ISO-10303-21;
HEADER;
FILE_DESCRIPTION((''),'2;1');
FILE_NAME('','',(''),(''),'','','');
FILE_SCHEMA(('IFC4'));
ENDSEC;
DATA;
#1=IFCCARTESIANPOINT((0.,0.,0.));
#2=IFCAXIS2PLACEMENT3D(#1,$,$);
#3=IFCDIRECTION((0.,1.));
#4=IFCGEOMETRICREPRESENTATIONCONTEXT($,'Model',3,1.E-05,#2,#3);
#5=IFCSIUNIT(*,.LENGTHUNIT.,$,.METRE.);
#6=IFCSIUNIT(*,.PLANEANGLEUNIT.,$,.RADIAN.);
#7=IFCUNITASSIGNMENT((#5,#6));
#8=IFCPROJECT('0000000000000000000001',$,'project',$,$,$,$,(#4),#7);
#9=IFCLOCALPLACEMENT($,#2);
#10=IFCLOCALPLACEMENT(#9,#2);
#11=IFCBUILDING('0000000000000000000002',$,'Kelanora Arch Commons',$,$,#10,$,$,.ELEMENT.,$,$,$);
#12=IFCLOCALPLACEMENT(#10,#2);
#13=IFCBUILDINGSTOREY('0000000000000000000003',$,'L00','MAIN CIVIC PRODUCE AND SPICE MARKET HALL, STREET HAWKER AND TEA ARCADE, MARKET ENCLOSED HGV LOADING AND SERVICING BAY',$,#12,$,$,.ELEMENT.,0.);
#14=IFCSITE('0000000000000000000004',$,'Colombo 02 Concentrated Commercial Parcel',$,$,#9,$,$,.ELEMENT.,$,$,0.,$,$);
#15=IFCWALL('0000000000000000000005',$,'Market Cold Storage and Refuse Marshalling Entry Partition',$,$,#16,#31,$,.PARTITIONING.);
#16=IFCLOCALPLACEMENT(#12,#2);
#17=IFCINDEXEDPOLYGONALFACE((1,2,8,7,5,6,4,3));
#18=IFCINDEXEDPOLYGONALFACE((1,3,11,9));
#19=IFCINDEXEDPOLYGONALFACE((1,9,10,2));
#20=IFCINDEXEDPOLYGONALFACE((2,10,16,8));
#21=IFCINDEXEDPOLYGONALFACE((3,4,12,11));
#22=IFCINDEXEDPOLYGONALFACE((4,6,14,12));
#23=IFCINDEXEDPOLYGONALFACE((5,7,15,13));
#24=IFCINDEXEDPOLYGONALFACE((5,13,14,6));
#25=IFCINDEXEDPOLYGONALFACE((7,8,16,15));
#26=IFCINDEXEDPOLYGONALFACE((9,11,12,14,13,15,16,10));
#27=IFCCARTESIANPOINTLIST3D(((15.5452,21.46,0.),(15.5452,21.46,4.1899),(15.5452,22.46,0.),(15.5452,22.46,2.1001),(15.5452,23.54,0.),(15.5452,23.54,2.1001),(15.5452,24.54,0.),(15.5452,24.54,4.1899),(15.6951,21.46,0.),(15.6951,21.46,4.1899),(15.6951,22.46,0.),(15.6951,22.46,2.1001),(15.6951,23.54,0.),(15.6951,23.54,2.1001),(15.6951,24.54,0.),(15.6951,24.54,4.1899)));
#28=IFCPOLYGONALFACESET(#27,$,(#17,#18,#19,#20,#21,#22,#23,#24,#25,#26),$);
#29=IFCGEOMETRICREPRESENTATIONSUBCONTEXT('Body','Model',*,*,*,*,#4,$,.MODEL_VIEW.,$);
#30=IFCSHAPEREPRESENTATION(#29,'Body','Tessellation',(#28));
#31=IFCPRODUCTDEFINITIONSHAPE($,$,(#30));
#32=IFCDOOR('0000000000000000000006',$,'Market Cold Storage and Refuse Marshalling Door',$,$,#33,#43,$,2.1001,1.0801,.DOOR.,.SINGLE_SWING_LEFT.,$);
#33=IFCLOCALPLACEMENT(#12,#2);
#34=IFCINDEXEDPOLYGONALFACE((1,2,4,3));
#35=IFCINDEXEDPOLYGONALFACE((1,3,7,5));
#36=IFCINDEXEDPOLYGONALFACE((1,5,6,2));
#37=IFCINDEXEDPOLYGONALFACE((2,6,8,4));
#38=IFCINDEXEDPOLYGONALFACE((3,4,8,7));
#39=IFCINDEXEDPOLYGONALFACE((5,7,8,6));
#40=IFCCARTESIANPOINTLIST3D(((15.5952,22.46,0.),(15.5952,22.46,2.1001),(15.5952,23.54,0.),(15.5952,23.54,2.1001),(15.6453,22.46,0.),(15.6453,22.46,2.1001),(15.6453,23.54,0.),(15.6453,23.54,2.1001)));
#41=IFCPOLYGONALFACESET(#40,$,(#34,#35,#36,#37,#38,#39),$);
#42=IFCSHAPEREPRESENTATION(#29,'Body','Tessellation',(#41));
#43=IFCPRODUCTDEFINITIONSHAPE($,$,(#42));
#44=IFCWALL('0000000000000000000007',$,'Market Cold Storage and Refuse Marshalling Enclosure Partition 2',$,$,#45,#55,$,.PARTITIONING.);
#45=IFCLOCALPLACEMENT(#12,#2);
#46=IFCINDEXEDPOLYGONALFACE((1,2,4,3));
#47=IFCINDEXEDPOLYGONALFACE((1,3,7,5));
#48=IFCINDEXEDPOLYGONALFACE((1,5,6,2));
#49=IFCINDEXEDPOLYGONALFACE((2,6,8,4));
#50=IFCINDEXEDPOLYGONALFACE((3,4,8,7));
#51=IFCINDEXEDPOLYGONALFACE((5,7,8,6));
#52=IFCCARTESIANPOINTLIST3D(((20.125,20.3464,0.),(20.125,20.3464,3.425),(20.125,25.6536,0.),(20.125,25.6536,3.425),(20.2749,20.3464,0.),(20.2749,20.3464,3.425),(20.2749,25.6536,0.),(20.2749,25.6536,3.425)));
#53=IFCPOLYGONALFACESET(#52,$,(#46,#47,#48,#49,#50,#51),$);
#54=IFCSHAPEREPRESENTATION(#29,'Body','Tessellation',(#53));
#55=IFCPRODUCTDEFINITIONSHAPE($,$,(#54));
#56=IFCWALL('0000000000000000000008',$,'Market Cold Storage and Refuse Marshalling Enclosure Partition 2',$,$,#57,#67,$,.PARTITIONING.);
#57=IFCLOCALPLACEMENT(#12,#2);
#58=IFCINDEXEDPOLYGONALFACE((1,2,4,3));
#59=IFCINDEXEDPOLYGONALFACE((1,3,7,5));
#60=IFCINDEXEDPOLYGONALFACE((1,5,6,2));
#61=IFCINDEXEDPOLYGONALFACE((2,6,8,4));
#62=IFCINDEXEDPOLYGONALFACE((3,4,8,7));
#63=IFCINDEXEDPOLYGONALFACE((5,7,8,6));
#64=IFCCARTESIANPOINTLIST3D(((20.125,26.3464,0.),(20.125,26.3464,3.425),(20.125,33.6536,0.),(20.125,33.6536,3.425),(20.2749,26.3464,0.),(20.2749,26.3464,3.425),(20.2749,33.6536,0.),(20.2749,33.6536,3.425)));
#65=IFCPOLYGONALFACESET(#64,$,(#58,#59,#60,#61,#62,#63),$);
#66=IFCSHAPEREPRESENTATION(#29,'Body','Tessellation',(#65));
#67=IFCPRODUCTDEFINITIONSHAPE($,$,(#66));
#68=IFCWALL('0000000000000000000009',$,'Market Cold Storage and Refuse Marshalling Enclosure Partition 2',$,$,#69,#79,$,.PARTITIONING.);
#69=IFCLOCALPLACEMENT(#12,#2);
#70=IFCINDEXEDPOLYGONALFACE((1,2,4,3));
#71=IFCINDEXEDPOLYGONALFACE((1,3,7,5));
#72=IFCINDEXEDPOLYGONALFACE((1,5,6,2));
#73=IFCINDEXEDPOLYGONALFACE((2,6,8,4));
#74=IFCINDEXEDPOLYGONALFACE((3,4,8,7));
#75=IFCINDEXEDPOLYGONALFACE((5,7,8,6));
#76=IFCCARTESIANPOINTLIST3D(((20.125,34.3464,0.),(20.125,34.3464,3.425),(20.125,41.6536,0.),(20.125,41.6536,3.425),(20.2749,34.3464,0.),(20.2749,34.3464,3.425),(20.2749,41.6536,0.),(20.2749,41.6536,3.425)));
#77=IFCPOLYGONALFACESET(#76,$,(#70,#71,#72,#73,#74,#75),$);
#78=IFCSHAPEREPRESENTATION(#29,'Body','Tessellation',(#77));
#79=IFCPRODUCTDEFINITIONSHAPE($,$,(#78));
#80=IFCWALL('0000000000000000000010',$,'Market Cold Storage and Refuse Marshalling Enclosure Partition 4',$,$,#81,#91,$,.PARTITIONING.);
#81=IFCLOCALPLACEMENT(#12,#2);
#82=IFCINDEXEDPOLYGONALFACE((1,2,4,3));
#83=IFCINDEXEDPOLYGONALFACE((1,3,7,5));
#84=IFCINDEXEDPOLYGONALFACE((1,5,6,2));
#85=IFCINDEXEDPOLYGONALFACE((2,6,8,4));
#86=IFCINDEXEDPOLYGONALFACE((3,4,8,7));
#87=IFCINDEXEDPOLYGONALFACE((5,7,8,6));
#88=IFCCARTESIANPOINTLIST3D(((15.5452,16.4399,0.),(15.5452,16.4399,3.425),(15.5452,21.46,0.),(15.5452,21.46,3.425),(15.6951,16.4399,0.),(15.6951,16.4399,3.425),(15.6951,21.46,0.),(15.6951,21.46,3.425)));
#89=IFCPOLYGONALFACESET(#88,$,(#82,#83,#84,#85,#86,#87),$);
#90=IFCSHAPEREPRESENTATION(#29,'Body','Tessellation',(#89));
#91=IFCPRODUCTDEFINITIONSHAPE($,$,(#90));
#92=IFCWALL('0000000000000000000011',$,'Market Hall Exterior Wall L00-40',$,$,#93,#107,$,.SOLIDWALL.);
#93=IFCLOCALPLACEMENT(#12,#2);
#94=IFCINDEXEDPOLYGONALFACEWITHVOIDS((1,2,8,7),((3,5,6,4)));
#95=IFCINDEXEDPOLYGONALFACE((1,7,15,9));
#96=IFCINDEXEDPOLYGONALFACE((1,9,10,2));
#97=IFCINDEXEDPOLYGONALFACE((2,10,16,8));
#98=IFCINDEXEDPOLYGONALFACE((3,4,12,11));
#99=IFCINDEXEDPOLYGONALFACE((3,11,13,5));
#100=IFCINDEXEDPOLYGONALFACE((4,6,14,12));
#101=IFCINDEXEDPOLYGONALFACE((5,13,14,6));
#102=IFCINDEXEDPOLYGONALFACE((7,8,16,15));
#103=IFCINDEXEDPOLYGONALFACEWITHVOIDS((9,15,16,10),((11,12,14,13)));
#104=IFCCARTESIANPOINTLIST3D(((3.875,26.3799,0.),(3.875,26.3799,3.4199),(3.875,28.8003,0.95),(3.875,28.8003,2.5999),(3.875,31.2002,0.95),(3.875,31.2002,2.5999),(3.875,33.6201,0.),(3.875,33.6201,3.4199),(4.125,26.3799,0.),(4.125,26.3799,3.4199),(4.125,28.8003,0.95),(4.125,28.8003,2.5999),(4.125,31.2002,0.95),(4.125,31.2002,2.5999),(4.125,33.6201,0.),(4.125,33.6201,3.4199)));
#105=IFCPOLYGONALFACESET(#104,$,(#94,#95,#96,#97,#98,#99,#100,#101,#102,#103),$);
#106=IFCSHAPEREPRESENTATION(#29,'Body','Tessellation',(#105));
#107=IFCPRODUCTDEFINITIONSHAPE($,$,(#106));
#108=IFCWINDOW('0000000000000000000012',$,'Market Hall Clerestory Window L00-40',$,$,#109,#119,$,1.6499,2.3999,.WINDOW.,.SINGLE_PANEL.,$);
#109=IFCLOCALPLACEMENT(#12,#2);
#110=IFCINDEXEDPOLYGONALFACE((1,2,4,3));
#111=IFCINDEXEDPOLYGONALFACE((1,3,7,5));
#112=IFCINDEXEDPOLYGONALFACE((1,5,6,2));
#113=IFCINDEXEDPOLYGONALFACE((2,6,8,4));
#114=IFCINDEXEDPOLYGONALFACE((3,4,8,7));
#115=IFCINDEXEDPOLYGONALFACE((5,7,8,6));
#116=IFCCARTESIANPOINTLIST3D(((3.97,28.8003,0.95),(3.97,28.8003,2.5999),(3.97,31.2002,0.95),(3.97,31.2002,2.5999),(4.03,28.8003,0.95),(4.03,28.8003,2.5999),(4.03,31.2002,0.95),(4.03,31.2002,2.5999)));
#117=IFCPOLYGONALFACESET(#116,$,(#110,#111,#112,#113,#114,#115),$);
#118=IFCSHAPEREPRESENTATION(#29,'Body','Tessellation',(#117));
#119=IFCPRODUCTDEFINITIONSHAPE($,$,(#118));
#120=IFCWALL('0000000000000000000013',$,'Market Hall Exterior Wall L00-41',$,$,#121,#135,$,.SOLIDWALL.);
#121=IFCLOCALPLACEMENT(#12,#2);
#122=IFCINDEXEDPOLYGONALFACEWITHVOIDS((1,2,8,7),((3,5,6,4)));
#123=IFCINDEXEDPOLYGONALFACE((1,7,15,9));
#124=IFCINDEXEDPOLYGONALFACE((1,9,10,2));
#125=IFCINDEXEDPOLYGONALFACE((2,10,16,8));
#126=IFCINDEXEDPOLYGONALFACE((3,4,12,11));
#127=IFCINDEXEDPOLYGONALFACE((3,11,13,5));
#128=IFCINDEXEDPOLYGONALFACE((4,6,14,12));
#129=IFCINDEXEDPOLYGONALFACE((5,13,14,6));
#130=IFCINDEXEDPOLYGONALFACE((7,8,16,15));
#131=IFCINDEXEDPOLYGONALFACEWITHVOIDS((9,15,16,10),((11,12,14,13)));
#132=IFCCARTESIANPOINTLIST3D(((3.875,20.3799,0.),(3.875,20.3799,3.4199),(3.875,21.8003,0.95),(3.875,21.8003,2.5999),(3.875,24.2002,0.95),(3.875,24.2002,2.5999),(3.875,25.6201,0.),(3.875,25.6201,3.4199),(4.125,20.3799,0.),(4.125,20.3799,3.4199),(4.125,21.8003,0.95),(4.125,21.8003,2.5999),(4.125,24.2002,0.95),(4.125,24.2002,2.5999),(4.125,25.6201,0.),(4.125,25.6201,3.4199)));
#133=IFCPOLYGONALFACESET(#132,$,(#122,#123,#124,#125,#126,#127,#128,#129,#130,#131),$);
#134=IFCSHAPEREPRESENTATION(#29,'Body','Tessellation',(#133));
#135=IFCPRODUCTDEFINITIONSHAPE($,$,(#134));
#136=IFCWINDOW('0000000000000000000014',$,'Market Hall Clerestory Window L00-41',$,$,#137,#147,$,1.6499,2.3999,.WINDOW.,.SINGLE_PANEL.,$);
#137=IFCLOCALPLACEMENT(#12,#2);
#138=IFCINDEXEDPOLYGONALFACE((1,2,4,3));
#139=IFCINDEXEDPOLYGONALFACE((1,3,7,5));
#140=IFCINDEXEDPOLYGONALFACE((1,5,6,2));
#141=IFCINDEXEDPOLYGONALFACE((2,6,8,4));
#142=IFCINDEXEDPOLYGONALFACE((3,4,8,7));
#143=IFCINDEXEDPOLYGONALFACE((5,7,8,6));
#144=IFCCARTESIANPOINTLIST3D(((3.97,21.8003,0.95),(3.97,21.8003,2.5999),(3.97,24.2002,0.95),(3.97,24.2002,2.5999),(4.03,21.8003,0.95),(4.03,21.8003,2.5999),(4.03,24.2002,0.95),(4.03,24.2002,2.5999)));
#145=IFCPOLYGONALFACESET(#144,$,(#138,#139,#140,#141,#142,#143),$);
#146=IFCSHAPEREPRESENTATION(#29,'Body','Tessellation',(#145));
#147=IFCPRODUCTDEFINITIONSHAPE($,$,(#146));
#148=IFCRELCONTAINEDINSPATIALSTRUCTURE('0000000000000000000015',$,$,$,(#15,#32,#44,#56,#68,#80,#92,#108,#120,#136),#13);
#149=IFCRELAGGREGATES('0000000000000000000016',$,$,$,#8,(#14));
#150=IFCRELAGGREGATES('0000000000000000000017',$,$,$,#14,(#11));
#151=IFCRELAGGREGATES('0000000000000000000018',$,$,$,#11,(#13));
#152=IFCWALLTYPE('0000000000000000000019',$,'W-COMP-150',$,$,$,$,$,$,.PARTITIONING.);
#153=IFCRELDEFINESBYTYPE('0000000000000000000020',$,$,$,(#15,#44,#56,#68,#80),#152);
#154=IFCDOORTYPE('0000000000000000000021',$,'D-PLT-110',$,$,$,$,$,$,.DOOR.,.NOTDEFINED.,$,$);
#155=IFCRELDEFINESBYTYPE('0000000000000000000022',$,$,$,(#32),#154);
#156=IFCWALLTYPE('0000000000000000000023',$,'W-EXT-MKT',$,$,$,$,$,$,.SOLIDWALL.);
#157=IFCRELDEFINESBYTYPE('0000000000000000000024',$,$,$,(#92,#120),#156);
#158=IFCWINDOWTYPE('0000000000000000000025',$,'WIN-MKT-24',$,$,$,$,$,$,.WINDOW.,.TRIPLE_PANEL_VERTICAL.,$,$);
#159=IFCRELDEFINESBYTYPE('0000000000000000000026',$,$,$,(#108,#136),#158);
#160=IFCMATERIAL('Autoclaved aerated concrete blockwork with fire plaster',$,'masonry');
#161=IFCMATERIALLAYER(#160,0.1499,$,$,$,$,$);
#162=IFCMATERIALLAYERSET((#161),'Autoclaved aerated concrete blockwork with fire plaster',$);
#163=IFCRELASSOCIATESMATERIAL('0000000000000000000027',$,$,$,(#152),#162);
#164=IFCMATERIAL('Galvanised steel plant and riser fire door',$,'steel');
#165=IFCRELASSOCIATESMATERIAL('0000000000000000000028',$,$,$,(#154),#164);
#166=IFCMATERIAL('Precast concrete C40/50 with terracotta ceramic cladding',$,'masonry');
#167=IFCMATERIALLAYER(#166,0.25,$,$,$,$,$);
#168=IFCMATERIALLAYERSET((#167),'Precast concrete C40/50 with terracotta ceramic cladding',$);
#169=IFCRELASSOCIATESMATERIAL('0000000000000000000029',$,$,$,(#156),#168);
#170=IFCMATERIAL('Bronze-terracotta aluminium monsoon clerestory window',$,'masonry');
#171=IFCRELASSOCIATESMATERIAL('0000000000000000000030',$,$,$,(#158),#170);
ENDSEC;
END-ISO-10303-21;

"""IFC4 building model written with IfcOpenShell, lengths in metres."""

from ifc_helpers import new_model, si_unit, direction, frame, frame_2d, origin, place, context, subcontext, project, spatial, rectangle, extrude, material, layer, layer_set, type_object, element, fill, save


model = new_model("IFC4")

# Units and contexts
model_context = context("Model", 3, precision=1e-05, world=origin(), true_north=direction((0.0, 1.0)))
body_context = subcontext(model_context, "Body", "Model", "MODEL_VIEW")
ifc_project = project(units=[si_unit("LENGTHUNIT", "METRE"), si_unit("PLANEANGLEUNIT", "RADIAN")], contexts=[model_context])

# Site, building, storey
site_placement = place(None, origin())
site = spatial("IfcSite", under=ifc_project, at=site_placement, Name="Colombo 02 Concentrated Commercial Parcel", CompositionType="ELEMENT", RefElevation=0.0)
building_placement = place(site_placement, origin())
building = spatial("IfcBuilding", under=site, at=building_placement, Name="Kelanora Arch Commons", CompositionType="ELEMENT")
storey_placement = place(building_placement, origin())
storey = spatial("IfcBuildingStorey", under=building, at=storey_placement, Name="L00", Description="MAIN CIVIC PRODUCE AND SPICE MARKET HALL, STREET HAWKER AND TEA ARCADE, MARKET ENCLOSED HGV LOADING AND SERVICING BAY", CompositionType="ELEMENT", Elevation=0.0)

# Wall, opening, door
ifc_material_1 = material(Name="Autoclaved aerated concrete blockwork with fire plaster", Category="masonry")
ifc_layer_1 = layer(ifc_material_1, 0.1499)
ifc_layer_set_1 = layer_set([ifc_layer_1], Name="Autoclaved aerated concrete blockwork with fire plaster")
wall_type_1 = type_object("IfcWallType", Name="W-COMP-150", PredefinedType="PARTITIONING", material=ifc_layer_set_1)
wall_1_placement = place(storey_placement, frame((15.6201, 21.46, 0.0), z_axis=(0.0, 0.0, 1.0), x_axis=(0.0, 1.0, 0.0)))
wall_1 = element("IfcWall", 1, at=wall_1_placement, inside=storey, type_object=wall_type_1, Name="Market Cold Storage and Refuse Marshalling Entry Partition", PredefinedType="PARTITIONING", context=body_context, shape_type="SweptSolid", body=[
    extrude(rectangle(XDim=3.0801, YDim=0.1499, at=frame_2d((1.54, 0.0))), origin(), (0.0, 0.0, 1.0), 4.1899),
])
opening_1_placement = place(wall_1_placement, frame((1.0, 0.0, 0.0)))
opening_1 = element("IfcOpeningElement", 2, at=opening_1_placement, cuts=wall_1, PredefinedType="OPENING", context=body_context, shape_type="SweptSolid", body=[
    extrude(rectangle(XDim=1.0801, YDim=2.1001, at=frame_2d((0.54, 1.05))), frame((0.0, 0.085, 0.0), z_axis=(0.0, -1.0, 0.0), x_axis=(1.0, 0.0, 0.0)), (0.0, 0.0, 1.0), 0.1699),
])
ifc_material_2 = material(Name="Galvanised steel plant and riser fire door", Category="steel")
door_type = type_object("IfcDoorType", Name="D-PLT-110", OperationType="NOTDEFINED", PredefinedType="DOOR", material=ifc_material_2)
door_placement = place(opening_1_placement, origin())
door = element("IfcDoor", 3, at=door_placement, inside=storey, type_object=door_type, Name="Market Cold Storage and Refuse Marshalling Door", OperationType="SINGLE_SWING_LEFT", OverallHeight=2.1001, OverallWidth=1.0801, PredefinedType="DOOR", context=body_context, shape_type="SweptSolid", body=[
    extrude(rectangle(XDim=1.0801, YDim=2.1001, at=frame_2d((0.54, 1.05))), frame((0.0, 0.0249, 0.0), z_axis=(0.0, -1.0, 0.0), x_axis=(1.0, 0.0, 0.0)), (0.0, 0.0, 1.0), 0.05),
])
fill(opening_1, door)

# Walls
wall_2_placement = place(storey_placement, frame((20.2, 20.3464, 0.0), z_axis=(0.0, 0.0, 1.0), x_axis=(0.0, 1.0, 0.0)))
element("IfcWall", 4, at=wall_2_placement, inside=storey, type_object=wall_type_1, Name="Market Cold Storage and Refuse Marshalling Enclosure Partition 2", PredefinedType="PARTITIONING", context=body_context, shape_type="SweptSolid", body=[
    extrude(rectangle(XDim=5.3071, YDim=0.1499, at=frame_2d((2.6536, 0.0))), origin(), (0.0, 0.0, 1.0), 3.425),
])
for number, where, z_axis, x_axis, name in (
    (5, (20.2, 26.3464, 0.0), (0.0, 0.0, 1.0), (0.0, 1.0, 0.0), "Market Cold Storage and Refuse Marshalling Enclosure Partition 2"),
    (6, (20.2, 34.3464, 0.0), (0.0, 0.0, 1.0), (0.0, 1.0, 0.0), "Market Cold Storage and Refuse Marshalling Enclosure Partition 2"),
):
    element("IfcWall", number, at=place(storey_placement, frame(where, z_axis=z_axis, x_axis=x_axis)), inside=storey, type_object=wall_type_1, Name=name, PredefinedType="PARTITIONING", context=body_context, shape_type="SweptSolid", body=[
        extrude(rectangle(XDim=7.3071, YDim=0.1499, at=frame_2d((3.6536, 0.0))), origin(), (0.0, 0.0, 1.0), 3.425),
    ])
wall_3_placement = place(storey_placement, frame((15.6201, 21.46, 0.0), z_axis=(0.0, 0.0, 1.0), x_axis=(0.0, -1.0, 0.0)))
element("IfcWall", 7, at=wall_3_placement, inside=storey, type_object=wall_type_1, Name="Market Cold Storage and Refuse Marshalling Enclosure Partition 4", PredefinedType="PARTITIONING", context=body_context, shape_type="SweptSolid", body=[
    extrude(rectangle(XDim=5.02, YDim=0.1499, at=frame_2d((2.51, 0.0))), origin(), (0.0, 0.0, 1.0), 3.425),
])

# Walls, openings, windows
ifc_material_3 = material(Name="Precast concrete C40/50 with terracotta ceramic cladding", Category="masonry")
ifc_layer_2 = layer(ifc_material_3, 0.25)
ifc_layer_set_2 = layer_set([ifc_layer_2], Name="Precast concrete C40/50 with terracotta ceramic cladding")
wall_type_2 = type_object("IfcWallType", Name="W-EXT-MKT", PredefinedType="SOLIDWALL", material=ifc_layer_set_2)
wall_4_placement = place(storey_placement, frame((4.0, 33.6201, 0.0), z_axis=(0.0, 0.0, 1.0), x_axis=(0.0, -1.0, 0.0)))
wall_4 = element("IfcWall", 8, at=wall_4_placement, inside=storey, type_object=wall_type_2, Name="Market Hall Exterior Wall L00-40", PredefinedType="SOLIDWALL", context=body_context, shape_type="SweptSolid", body=[
    extrude(rectangle(XDim=7.2402, YDim=0.25, at=frame_2d((3.6201, 0.0))), origin(), (0.0, 0.0, 1.0), 3.4199),
])
opening_2_placement = place(wall_4_placement, frame((2.4199, 0.0, 0.95)))
opening_2 = element("IfcOpeningElement", 9, at=opening_2_placement, cuts=wall_4, PredefinedType="OPENING", context=body_context, shape_type="SweptSolid", body=[
    extrude(rectangle(XDim=2.3999, YDim=1.6499, at=frame_2d((1.2, 0.825))), frame((0.0, 0.135, 0.0), z_axis=(0.0, -1.0, 0.0), x_axis=(1.0, 0.0, 0.0)), (0.0, 0.0, 1.0), 0.27),
])
ifc_material_4 = material(Name="Bronze-terracotta aluminium monsoon clerestory window", Category="masonry")
window_type = type_object("IfcWindowType", Name="WIN-MKT-24", PartitioningType="TRIPLE_PANEL_VERTICAL", PredefinedType="WINDOW", material=ifc_material_4)
window_1_placement = place(opening_2_placement, origin())
window_1 = element("IfcWindow", 10, at=window_1_placement, inside=storey, type_object=window_type, Name="Market Hall Clerestory Window L00-40", OverallHeight=1.6499, OverallWidth=2.3999, PartitioningType="SINGLE_PANEL", PredefinedType="WINDOW", context=body_context, shape_type="SweptSolid", body=[
    extrude(rectangle(XDim=2.3999, YDim=1.6499, at=frame_2d((1.2, 0.825))), frame((0.0, 0.03, 0.0), z_axis=(0.0, -1.0, 0.0), x_axis=(1.0, 0.0, 0.0)), (0.0, 0.0, 1.0), 0.0601),
])
fill(opening_2, window_1)
wall_5_placement = place(storey_placement, frame((4.0, 25.6201, 0.0), z_axis=(0.0, 0.0, 1.0), x_axis=(0.0, -1.0, 0.0)))
wall_5 = element("IfcWall", 11, at=wall_5_placement, inside=storey, type_object=wall_type_2, Name="Market Hall Exterior Wall L00-41", PredefinedType="SOLIDWALL", context=body_context, shape_type="SweptSolid", body=[
    extrude(rectangle(XDim=5.2402, YDim=0.25, at=frame_2d((2.6201, 0.0))), origin(), (0.0, 0.0, 1.0), 3.4199),
])
opening_3_placement = place(wall_5_placement, frame((1.4199, 0.0, 0.95)))
opening_3 = element("IfcOpeningElement", 12, at=opening_3_placement, cuts=wall_5, PredefinedType="OPENING", context=body_context, shape_type="SweptSolid", body=[
    extrude(rectangle(XDim=2.3999, YDim=1.6499, at=frame_2d((1.2, 0.825))), frame((0.0, 0.135, 0.0), z_axis=(0.0, -1.0, 0.0), x_axis=(1.0, 0.0, 0.0)), (0.0, 0.0, 1.0), 0.27),
])
window_2_placement = place(opening_3_placement, origin())
window_2 = element("IfcWindow", 13, at=window_2_placement, inside=storey, type_object=window_type, Name="Market Hall Clerestory Window L00-41", OverallHeight=1.6499, OverallWidth=2.3999, PartitioningType="SINGLE_PANEL", PredefinedType="WINDOW", context=body_context, shape_type="SweptSolid", body=[
    extrude(rectangle(XDim=2.3999, YDim=1.6499, at=frame_2d((1.2, 0.825))), frame((0.0, 0.03, 0.0), z_axis=(0.0, -1.0, 0.0), x_axis=(1.0, 0.0, 0.0)), (0.0, 0.0, 1.0), 0.0601),
])
fill(opening_3, window_2)

save(model, "model.ifc")
